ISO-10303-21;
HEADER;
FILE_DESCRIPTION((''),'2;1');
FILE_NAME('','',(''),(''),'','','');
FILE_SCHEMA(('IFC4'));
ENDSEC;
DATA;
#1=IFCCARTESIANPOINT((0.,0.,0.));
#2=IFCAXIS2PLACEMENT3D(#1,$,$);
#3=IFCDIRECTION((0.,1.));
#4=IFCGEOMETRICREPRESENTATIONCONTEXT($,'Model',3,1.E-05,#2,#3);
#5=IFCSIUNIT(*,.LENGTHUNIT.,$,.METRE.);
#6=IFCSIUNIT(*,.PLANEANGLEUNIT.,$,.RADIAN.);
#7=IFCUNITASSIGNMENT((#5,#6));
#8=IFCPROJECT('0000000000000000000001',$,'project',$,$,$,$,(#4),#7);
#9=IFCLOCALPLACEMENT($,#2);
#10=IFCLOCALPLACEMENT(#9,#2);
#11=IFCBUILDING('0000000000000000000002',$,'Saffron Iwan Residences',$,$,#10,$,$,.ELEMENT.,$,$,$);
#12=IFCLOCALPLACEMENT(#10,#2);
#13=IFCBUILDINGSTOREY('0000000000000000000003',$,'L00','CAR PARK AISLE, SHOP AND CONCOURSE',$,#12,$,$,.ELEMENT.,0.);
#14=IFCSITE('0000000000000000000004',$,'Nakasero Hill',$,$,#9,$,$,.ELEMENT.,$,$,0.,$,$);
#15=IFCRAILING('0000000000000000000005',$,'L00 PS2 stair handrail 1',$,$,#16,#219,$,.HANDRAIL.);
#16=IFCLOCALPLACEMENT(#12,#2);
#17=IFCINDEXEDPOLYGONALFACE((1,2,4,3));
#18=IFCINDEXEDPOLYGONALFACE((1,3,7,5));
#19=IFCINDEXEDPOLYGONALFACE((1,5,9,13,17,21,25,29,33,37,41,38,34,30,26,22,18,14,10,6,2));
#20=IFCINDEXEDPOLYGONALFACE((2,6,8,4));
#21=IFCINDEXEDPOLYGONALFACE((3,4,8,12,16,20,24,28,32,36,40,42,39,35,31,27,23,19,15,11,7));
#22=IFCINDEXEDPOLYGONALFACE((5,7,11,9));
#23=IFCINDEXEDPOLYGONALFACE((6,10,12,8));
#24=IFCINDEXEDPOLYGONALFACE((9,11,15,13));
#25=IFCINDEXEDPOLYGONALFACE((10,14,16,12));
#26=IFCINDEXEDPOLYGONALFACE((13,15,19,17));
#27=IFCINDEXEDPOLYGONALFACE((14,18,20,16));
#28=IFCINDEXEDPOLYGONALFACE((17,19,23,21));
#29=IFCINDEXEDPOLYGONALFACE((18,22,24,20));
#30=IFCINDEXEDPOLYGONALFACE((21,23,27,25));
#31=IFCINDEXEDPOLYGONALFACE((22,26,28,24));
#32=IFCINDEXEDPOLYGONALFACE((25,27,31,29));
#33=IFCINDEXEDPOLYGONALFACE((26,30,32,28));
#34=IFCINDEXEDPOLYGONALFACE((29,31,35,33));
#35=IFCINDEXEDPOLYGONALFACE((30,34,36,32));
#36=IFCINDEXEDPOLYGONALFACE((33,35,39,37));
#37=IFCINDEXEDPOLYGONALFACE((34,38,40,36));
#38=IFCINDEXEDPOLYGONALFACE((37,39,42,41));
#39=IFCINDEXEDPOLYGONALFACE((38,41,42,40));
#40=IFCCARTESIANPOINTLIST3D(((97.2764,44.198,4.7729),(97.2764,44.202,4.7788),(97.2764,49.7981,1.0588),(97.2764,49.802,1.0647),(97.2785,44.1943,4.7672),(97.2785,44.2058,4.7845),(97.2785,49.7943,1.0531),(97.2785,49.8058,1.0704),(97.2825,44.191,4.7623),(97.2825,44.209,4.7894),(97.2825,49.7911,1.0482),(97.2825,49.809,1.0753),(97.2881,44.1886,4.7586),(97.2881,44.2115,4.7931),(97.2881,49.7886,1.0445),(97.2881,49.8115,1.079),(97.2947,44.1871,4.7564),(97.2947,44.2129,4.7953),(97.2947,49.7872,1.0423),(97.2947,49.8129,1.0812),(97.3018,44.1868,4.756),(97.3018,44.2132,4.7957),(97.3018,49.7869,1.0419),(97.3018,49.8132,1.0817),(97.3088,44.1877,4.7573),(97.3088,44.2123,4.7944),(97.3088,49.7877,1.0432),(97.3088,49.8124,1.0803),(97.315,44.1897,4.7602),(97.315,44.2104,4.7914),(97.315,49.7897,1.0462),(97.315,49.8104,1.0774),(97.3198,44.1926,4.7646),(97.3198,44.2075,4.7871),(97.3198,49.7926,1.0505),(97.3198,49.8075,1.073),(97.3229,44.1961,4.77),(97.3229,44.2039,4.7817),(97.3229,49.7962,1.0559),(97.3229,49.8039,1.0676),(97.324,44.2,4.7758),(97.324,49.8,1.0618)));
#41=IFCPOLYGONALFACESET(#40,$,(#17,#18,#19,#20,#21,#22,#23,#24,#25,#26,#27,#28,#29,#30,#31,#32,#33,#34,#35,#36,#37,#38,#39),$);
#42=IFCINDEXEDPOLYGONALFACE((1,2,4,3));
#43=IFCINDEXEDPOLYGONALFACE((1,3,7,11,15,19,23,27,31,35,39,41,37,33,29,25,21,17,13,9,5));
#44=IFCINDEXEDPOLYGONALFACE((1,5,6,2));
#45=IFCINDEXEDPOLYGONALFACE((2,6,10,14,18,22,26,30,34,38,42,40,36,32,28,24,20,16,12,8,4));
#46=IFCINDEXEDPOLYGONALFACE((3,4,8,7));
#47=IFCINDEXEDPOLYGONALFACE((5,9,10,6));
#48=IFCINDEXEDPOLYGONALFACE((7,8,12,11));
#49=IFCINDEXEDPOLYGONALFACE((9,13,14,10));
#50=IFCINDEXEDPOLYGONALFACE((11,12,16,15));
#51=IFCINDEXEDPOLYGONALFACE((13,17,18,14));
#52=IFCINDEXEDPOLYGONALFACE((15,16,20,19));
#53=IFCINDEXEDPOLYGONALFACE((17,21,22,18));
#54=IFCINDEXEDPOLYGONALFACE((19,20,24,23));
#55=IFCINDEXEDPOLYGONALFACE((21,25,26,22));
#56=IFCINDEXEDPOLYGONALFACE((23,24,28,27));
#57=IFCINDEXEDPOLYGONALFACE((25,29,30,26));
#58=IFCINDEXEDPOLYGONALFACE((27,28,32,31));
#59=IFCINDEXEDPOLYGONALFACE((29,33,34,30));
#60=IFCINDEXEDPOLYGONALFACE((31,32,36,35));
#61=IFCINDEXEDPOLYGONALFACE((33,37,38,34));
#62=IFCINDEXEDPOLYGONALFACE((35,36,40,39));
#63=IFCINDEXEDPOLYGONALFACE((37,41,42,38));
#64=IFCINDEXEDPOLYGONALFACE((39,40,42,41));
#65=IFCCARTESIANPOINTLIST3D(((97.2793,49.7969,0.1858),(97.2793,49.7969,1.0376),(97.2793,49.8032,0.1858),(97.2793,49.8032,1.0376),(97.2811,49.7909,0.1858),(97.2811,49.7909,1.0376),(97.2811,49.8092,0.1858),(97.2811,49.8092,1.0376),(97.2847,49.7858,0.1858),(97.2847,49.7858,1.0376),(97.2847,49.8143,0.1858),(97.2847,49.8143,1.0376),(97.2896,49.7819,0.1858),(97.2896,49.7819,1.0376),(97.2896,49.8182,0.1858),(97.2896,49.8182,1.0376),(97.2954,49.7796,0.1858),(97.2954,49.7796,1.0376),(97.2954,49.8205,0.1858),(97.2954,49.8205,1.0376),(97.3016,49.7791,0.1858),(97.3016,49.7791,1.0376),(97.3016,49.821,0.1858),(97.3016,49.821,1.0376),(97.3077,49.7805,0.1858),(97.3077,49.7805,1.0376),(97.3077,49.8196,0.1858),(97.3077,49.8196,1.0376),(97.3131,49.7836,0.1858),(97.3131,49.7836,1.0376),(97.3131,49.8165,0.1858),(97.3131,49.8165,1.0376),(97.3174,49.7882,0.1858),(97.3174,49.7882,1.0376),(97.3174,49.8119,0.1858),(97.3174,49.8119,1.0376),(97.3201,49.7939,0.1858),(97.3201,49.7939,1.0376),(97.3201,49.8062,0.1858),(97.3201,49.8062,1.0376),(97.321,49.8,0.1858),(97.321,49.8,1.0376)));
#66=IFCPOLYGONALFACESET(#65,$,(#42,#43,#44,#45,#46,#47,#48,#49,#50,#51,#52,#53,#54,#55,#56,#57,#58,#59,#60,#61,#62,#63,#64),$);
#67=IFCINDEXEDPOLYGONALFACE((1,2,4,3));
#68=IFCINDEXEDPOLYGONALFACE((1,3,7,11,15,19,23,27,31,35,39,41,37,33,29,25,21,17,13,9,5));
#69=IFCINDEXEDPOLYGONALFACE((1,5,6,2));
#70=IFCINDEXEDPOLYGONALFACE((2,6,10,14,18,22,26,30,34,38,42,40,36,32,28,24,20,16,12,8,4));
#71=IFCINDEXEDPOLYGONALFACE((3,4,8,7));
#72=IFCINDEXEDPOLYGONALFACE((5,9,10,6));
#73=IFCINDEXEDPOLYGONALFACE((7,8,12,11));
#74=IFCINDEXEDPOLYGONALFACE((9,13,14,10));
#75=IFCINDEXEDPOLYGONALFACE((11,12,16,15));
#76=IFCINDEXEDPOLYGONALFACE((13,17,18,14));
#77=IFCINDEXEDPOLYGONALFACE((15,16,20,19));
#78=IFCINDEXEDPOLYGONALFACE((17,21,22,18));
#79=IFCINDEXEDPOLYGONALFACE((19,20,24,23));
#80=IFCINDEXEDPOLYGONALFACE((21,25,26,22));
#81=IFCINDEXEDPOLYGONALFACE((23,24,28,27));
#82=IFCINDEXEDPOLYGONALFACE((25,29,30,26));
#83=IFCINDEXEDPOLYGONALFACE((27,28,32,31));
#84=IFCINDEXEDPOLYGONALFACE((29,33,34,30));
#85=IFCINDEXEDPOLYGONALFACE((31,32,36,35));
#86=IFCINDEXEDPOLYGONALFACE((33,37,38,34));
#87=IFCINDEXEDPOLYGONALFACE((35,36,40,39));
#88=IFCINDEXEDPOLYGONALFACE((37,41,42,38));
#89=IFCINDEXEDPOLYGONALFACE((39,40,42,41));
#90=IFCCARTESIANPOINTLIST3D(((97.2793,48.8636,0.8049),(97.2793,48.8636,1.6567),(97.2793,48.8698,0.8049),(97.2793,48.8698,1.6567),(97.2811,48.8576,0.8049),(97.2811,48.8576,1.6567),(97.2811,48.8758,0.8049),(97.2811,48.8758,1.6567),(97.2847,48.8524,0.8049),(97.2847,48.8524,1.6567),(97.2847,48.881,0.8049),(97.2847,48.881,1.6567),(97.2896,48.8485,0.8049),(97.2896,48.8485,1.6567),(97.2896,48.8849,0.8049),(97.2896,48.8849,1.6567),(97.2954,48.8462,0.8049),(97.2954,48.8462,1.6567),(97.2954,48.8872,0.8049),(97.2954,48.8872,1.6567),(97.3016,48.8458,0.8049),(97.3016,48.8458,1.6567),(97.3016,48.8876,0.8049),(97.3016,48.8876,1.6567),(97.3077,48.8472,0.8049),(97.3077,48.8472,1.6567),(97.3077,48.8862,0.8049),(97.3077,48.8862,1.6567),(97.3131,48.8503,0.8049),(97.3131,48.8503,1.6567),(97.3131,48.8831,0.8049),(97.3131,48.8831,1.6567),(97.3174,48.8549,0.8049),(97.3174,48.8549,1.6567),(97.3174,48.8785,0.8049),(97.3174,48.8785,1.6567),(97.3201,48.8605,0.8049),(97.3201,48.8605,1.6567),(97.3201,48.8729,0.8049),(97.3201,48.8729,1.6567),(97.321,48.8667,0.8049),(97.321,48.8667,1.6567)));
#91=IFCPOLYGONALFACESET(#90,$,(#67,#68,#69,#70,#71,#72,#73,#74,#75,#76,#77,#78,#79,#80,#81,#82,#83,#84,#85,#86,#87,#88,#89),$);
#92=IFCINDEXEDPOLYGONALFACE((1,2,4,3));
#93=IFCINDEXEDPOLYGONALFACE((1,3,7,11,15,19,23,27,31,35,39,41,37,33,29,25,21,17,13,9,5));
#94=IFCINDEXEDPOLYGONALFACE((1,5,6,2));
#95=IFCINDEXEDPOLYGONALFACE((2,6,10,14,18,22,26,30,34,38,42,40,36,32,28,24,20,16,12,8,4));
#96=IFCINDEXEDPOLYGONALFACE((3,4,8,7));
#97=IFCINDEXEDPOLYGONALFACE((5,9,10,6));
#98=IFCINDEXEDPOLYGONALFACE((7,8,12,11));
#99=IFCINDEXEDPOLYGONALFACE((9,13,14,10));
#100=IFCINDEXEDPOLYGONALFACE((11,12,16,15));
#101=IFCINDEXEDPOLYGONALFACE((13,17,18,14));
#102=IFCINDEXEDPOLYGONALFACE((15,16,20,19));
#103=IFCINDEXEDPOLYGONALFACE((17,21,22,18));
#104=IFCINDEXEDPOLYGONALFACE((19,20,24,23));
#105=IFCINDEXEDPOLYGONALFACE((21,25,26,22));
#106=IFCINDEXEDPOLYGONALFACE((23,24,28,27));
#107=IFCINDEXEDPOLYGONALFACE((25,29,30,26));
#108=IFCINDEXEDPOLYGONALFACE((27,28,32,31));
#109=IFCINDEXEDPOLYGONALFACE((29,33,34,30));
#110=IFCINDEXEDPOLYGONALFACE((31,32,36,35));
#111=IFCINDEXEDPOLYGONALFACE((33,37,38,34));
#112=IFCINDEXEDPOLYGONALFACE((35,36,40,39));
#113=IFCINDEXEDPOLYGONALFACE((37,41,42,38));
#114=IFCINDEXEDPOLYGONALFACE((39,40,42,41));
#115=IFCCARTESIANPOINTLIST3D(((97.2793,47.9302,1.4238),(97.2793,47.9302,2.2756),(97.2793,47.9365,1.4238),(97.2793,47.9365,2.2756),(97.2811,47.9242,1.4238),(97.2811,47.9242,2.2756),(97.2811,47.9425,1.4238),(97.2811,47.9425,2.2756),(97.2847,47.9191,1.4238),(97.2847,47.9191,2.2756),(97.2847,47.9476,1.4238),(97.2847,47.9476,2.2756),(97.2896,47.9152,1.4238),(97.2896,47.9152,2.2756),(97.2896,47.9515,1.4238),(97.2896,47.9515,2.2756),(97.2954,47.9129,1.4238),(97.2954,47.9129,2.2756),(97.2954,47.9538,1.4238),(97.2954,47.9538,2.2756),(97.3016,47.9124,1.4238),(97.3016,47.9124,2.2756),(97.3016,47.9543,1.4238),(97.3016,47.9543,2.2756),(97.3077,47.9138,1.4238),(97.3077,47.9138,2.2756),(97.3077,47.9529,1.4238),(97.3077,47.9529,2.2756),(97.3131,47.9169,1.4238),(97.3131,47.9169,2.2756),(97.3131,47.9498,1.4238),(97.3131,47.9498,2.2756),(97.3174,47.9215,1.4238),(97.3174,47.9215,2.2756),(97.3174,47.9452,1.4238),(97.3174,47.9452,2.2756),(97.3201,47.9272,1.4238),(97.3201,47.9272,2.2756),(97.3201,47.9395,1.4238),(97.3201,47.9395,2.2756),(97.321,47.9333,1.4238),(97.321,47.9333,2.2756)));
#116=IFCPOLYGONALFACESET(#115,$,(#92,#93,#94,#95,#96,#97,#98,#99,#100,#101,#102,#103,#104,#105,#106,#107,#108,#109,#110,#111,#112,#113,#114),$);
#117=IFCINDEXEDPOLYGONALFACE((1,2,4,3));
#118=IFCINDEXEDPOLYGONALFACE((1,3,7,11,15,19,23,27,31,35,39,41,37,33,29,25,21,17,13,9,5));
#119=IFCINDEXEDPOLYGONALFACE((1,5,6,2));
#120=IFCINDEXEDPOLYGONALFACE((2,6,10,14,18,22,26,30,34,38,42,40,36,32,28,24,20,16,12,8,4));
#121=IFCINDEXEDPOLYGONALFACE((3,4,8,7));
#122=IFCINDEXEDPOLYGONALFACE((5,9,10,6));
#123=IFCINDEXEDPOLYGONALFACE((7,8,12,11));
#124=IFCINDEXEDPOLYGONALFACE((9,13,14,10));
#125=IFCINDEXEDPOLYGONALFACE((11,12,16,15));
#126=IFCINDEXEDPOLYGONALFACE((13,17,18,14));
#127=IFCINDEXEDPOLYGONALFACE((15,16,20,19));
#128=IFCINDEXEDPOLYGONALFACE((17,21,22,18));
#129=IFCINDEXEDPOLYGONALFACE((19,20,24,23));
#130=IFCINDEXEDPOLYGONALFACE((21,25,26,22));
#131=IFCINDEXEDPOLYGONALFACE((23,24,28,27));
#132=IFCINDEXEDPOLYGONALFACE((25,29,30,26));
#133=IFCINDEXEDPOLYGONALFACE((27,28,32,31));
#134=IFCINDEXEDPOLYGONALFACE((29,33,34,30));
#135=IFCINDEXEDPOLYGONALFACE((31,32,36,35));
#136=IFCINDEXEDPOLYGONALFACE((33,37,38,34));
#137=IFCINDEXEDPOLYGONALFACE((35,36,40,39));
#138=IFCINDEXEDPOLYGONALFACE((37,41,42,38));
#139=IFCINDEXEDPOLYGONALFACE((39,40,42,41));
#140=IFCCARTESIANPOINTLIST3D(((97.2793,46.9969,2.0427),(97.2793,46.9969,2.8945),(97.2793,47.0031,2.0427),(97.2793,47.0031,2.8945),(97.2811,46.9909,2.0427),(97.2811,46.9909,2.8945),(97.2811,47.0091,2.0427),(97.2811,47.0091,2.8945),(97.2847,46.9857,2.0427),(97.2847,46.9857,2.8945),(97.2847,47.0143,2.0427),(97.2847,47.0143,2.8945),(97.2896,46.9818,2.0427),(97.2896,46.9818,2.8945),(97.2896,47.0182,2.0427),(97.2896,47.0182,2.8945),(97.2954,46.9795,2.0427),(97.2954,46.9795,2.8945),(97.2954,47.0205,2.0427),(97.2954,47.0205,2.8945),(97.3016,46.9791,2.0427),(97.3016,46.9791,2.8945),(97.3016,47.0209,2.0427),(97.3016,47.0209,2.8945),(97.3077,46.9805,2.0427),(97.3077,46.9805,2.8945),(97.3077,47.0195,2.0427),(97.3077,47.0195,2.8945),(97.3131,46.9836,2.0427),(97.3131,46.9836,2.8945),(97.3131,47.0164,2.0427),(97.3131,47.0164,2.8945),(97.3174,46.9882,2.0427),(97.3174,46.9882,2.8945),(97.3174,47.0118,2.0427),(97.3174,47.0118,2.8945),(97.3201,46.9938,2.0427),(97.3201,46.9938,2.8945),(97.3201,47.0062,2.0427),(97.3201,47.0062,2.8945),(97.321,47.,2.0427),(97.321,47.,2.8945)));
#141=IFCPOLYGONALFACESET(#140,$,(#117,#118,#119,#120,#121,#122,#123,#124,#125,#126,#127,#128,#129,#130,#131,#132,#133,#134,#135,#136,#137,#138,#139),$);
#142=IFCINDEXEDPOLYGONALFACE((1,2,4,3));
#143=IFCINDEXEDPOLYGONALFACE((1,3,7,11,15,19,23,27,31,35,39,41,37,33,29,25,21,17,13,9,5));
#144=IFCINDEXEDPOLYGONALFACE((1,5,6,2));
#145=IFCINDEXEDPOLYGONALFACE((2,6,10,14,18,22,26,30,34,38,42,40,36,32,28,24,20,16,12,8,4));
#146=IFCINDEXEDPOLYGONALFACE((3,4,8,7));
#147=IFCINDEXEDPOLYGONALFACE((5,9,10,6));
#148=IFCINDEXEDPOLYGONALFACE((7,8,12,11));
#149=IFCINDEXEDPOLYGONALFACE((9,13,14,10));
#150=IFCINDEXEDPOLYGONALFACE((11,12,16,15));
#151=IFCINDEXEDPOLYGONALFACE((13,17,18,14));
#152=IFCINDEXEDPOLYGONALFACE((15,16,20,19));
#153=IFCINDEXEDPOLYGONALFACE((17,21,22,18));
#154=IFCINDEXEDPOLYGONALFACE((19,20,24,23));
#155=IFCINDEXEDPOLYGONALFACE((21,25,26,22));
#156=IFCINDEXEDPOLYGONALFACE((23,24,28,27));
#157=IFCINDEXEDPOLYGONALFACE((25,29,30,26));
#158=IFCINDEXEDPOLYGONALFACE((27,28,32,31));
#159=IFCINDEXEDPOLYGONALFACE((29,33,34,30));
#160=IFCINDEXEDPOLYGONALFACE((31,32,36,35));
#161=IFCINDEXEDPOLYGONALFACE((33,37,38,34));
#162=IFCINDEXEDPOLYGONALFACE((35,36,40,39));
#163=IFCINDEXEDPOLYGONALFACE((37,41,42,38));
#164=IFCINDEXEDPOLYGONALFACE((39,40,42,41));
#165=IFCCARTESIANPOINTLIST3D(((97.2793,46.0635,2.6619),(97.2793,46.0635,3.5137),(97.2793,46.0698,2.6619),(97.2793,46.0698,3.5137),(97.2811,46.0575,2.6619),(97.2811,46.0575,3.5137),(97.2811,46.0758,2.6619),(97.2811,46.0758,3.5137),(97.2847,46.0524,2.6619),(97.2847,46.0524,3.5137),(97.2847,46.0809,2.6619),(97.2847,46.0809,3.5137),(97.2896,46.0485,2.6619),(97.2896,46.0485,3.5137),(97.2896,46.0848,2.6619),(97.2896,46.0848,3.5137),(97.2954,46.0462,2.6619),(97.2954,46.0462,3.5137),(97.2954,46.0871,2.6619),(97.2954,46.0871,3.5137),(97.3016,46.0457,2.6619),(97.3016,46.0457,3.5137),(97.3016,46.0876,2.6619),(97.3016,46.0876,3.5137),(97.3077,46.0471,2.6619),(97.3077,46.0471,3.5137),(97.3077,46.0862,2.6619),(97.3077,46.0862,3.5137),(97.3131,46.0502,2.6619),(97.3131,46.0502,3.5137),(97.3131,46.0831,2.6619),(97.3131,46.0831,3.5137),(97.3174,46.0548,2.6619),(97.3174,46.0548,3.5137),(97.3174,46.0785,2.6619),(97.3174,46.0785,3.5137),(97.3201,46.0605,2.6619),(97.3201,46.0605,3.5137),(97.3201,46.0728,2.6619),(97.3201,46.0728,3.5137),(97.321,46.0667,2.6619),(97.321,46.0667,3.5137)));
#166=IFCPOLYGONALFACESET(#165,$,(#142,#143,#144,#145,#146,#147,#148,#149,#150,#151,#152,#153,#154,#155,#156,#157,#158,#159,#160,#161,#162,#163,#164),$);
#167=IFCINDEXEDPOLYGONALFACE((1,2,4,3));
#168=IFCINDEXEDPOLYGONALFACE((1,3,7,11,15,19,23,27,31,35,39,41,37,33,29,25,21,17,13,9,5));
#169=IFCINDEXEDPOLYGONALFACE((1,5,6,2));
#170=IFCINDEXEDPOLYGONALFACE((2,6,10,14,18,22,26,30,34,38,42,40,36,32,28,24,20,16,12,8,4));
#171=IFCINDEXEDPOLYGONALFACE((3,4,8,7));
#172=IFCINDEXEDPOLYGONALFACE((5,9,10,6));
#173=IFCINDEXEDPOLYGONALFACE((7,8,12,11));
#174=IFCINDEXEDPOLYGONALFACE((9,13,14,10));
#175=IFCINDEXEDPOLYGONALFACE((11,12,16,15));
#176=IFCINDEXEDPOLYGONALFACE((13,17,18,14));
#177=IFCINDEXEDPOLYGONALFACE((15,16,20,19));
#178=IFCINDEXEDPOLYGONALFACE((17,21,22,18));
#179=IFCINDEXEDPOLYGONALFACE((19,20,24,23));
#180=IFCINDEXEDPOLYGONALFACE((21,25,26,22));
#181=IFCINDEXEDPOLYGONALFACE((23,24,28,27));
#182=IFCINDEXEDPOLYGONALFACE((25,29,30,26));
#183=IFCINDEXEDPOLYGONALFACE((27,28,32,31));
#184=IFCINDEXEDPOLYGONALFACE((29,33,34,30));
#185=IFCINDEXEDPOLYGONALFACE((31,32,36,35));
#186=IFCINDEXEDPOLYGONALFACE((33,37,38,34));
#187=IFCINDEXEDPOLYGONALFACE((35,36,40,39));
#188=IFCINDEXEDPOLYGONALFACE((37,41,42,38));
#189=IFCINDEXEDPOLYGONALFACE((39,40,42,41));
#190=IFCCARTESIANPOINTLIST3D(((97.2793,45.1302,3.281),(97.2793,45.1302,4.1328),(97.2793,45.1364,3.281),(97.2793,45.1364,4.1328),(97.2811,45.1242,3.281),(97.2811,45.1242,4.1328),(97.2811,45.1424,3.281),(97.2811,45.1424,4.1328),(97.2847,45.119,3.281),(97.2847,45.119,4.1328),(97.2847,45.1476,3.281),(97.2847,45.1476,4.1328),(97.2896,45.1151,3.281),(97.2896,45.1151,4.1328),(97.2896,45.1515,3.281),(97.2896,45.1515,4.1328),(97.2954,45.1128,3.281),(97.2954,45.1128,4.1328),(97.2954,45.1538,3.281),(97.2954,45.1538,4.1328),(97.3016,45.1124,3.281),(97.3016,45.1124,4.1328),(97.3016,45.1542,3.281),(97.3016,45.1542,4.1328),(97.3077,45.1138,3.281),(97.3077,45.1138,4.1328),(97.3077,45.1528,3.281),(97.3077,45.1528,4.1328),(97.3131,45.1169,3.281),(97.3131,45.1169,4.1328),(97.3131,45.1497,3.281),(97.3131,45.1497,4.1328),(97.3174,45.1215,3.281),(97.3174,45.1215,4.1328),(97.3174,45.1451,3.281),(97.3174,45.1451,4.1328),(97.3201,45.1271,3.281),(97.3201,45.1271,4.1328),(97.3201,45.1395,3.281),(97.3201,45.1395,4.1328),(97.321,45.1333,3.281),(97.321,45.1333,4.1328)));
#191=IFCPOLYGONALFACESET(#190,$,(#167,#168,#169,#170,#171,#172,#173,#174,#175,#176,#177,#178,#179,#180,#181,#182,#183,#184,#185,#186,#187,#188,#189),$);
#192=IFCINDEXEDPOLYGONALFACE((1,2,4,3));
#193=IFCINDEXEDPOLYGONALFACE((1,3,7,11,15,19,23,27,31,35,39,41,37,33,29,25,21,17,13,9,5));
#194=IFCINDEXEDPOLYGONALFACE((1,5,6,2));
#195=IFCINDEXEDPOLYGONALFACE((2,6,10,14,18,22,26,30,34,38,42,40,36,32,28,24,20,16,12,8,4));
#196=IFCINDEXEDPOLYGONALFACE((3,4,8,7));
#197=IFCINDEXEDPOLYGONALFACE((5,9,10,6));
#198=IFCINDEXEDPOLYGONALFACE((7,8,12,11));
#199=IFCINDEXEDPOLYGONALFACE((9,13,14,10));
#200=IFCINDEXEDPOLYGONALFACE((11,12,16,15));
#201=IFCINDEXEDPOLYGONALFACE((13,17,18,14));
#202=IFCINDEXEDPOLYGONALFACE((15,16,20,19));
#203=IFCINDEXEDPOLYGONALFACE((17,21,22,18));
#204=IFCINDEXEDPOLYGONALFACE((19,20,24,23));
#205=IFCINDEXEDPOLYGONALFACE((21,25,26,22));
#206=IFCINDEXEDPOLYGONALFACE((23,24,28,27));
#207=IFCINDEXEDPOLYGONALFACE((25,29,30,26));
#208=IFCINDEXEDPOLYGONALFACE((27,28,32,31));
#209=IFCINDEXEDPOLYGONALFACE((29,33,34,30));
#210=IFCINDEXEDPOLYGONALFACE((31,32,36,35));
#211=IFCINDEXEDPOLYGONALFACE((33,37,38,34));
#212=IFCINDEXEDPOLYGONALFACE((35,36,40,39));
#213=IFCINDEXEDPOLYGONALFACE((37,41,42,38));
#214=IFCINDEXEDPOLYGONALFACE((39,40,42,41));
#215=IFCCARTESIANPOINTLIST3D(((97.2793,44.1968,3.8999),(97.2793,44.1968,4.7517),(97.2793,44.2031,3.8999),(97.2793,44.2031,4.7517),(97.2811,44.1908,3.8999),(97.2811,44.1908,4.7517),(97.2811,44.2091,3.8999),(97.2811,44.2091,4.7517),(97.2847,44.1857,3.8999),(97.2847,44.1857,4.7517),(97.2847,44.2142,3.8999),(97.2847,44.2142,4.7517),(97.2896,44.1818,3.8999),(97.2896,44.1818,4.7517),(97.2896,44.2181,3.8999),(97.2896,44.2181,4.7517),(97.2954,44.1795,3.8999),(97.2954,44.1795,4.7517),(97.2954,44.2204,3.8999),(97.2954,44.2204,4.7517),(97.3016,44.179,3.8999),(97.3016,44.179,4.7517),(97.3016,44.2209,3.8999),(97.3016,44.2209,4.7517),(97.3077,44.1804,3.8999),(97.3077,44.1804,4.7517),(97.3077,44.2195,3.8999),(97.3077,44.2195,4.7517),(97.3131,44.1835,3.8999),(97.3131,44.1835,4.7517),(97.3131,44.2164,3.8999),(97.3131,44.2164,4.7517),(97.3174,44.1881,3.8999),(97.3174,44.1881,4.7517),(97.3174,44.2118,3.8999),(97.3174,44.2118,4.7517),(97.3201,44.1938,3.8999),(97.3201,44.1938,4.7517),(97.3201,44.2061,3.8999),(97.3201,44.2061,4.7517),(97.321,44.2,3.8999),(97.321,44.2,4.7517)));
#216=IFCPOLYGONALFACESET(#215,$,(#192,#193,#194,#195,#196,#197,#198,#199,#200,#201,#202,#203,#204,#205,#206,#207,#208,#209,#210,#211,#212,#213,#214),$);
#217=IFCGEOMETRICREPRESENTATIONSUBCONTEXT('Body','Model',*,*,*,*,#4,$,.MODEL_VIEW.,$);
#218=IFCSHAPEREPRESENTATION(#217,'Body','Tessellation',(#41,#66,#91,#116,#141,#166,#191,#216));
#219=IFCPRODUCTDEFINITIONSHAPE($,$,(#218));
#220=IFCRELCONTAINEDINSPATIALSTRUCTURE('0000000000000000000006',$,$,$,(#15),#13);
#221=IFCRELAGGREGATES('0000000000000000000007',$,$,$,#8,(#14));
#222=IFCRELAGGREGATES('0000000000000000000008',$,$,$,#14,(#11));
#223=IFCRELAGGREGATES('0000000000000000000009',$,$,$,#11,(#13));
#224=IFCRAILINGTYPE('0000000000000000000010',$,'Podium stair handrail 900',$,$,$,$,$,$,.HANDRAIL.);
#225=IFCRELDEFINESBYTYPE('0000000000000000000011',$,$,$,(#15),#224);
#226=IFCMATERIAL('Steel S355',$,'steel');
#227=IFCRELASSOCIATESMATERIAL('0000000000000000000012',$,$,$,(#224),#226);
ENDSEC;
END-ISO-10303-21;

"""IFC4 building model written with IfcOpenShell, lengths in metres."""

from ifc_helpers import new_model, si_unit, direction, frame, origin, origin_2d, place, context, subcontext, project, spatial, circle, extrude, material, type_object, element, save


model = new_model("IFC4")

# Units and contexts
model_context = context("Model", 3, precision=1e-05, world=origin(), true_north=direction((0.0, 1.0)))
body_context = subcontext(model_context, "Body", "Model", "MODEL_VIEW")
ifc_project = project(units=[si_unit("LENGTHUNIT", "METRE"), si_unit("PLANEANGLEUNIT", "RADIAN")], contexts=[model_context])

# Site, building, storey
site_placement = place(None, origin())
site = spatial("IfcSite", under=ifc_project, at=site_placement, Name="Nakasero Hill", CompositionType="ELEMENT", RefElevation=0.0)
building_placement = place(site_placement, origin())
building = spatial("IfcBuilding", under=site, at=building_placement, Name="Saffron Iwan Residences", CompositionType="ELEMENT")
storey_placement = place(building_placement, origin())
storey = spatial("IfcBuildingStorey", under=building, at=storey_placement, Name="L00", Description="CAR PARK AISLE, SHOP AND CONCOURSE", CompositionType="ELEMENT", Elevation=0.0)

# Railing
ifc_material_1 = material(Name="Steel S355", Category="steel")
railing_type_1 = type_object("IfcRailingType", Name="Podium stair handrail 900", PredefinedType="HANDRAIL", material=ifc_material_1)
railing_1_placement = place(storey_placement, frame((97.3, 49.8, 0.1858)))
element("IfcRailing", 1, at=railing_1_placement, inside=storey, type_object=railing_type_1, Name="L00 PS2 stair handrail 1", PredefinedType="HANDRAIL", context=body_context, shape_type="SweptSolid", body=[
    extrude(circle(Radius=0.0239, at=origin_2d()), frame((0.0, 0.0, 0.876), z_axis=(0.0, -0.833373, 0.552712), x_axis=(1.0, 0.0, 0.0)), (0.0, 0.0, 1.0), 6.7197),
    extrude(circle(Radius=0.021, at=origin_2d()), origin(), (0.0, 0.0, 1.0), 0.8518),
    extrude(circle(Radius=0.021, at=origin_2d()), frame((0.0, -0.9333, 0.6191)), (0.0, 0.0, 1.0), 0.8518),
    extrude(circle(Radius=0.021, at=origin_2d()), frame((0.0, -1.8667, 1.238)), (0.0, 0.0, 1.0), 0.8518),
    extrude(circle(Radius=0.021, at=origin_2d()), frame((0.0, -2.8, 1.8569)), (0.0, 0.0, 1.0), 0.8518),
    extrude(circle(Radius=0.021, at=origin_2d()), frame((0.0, -3.7334, 2.4761)), (0.0, 0.0, 1.0), 0.8518),
    extrude(circle(Radius=0.021, at=origin_2d()), frame((0.0, -4.6667, 3.0952)), (0.0, 0.0, 1.0), 0.8518),
    extrude(circle(Radius=0.021, at=origin_2d()), frame((0.0, -5.6001, 3.7141)), (0.0, 0.0, 1.0), 0.8518),
])

save(model, "model.ifc")
